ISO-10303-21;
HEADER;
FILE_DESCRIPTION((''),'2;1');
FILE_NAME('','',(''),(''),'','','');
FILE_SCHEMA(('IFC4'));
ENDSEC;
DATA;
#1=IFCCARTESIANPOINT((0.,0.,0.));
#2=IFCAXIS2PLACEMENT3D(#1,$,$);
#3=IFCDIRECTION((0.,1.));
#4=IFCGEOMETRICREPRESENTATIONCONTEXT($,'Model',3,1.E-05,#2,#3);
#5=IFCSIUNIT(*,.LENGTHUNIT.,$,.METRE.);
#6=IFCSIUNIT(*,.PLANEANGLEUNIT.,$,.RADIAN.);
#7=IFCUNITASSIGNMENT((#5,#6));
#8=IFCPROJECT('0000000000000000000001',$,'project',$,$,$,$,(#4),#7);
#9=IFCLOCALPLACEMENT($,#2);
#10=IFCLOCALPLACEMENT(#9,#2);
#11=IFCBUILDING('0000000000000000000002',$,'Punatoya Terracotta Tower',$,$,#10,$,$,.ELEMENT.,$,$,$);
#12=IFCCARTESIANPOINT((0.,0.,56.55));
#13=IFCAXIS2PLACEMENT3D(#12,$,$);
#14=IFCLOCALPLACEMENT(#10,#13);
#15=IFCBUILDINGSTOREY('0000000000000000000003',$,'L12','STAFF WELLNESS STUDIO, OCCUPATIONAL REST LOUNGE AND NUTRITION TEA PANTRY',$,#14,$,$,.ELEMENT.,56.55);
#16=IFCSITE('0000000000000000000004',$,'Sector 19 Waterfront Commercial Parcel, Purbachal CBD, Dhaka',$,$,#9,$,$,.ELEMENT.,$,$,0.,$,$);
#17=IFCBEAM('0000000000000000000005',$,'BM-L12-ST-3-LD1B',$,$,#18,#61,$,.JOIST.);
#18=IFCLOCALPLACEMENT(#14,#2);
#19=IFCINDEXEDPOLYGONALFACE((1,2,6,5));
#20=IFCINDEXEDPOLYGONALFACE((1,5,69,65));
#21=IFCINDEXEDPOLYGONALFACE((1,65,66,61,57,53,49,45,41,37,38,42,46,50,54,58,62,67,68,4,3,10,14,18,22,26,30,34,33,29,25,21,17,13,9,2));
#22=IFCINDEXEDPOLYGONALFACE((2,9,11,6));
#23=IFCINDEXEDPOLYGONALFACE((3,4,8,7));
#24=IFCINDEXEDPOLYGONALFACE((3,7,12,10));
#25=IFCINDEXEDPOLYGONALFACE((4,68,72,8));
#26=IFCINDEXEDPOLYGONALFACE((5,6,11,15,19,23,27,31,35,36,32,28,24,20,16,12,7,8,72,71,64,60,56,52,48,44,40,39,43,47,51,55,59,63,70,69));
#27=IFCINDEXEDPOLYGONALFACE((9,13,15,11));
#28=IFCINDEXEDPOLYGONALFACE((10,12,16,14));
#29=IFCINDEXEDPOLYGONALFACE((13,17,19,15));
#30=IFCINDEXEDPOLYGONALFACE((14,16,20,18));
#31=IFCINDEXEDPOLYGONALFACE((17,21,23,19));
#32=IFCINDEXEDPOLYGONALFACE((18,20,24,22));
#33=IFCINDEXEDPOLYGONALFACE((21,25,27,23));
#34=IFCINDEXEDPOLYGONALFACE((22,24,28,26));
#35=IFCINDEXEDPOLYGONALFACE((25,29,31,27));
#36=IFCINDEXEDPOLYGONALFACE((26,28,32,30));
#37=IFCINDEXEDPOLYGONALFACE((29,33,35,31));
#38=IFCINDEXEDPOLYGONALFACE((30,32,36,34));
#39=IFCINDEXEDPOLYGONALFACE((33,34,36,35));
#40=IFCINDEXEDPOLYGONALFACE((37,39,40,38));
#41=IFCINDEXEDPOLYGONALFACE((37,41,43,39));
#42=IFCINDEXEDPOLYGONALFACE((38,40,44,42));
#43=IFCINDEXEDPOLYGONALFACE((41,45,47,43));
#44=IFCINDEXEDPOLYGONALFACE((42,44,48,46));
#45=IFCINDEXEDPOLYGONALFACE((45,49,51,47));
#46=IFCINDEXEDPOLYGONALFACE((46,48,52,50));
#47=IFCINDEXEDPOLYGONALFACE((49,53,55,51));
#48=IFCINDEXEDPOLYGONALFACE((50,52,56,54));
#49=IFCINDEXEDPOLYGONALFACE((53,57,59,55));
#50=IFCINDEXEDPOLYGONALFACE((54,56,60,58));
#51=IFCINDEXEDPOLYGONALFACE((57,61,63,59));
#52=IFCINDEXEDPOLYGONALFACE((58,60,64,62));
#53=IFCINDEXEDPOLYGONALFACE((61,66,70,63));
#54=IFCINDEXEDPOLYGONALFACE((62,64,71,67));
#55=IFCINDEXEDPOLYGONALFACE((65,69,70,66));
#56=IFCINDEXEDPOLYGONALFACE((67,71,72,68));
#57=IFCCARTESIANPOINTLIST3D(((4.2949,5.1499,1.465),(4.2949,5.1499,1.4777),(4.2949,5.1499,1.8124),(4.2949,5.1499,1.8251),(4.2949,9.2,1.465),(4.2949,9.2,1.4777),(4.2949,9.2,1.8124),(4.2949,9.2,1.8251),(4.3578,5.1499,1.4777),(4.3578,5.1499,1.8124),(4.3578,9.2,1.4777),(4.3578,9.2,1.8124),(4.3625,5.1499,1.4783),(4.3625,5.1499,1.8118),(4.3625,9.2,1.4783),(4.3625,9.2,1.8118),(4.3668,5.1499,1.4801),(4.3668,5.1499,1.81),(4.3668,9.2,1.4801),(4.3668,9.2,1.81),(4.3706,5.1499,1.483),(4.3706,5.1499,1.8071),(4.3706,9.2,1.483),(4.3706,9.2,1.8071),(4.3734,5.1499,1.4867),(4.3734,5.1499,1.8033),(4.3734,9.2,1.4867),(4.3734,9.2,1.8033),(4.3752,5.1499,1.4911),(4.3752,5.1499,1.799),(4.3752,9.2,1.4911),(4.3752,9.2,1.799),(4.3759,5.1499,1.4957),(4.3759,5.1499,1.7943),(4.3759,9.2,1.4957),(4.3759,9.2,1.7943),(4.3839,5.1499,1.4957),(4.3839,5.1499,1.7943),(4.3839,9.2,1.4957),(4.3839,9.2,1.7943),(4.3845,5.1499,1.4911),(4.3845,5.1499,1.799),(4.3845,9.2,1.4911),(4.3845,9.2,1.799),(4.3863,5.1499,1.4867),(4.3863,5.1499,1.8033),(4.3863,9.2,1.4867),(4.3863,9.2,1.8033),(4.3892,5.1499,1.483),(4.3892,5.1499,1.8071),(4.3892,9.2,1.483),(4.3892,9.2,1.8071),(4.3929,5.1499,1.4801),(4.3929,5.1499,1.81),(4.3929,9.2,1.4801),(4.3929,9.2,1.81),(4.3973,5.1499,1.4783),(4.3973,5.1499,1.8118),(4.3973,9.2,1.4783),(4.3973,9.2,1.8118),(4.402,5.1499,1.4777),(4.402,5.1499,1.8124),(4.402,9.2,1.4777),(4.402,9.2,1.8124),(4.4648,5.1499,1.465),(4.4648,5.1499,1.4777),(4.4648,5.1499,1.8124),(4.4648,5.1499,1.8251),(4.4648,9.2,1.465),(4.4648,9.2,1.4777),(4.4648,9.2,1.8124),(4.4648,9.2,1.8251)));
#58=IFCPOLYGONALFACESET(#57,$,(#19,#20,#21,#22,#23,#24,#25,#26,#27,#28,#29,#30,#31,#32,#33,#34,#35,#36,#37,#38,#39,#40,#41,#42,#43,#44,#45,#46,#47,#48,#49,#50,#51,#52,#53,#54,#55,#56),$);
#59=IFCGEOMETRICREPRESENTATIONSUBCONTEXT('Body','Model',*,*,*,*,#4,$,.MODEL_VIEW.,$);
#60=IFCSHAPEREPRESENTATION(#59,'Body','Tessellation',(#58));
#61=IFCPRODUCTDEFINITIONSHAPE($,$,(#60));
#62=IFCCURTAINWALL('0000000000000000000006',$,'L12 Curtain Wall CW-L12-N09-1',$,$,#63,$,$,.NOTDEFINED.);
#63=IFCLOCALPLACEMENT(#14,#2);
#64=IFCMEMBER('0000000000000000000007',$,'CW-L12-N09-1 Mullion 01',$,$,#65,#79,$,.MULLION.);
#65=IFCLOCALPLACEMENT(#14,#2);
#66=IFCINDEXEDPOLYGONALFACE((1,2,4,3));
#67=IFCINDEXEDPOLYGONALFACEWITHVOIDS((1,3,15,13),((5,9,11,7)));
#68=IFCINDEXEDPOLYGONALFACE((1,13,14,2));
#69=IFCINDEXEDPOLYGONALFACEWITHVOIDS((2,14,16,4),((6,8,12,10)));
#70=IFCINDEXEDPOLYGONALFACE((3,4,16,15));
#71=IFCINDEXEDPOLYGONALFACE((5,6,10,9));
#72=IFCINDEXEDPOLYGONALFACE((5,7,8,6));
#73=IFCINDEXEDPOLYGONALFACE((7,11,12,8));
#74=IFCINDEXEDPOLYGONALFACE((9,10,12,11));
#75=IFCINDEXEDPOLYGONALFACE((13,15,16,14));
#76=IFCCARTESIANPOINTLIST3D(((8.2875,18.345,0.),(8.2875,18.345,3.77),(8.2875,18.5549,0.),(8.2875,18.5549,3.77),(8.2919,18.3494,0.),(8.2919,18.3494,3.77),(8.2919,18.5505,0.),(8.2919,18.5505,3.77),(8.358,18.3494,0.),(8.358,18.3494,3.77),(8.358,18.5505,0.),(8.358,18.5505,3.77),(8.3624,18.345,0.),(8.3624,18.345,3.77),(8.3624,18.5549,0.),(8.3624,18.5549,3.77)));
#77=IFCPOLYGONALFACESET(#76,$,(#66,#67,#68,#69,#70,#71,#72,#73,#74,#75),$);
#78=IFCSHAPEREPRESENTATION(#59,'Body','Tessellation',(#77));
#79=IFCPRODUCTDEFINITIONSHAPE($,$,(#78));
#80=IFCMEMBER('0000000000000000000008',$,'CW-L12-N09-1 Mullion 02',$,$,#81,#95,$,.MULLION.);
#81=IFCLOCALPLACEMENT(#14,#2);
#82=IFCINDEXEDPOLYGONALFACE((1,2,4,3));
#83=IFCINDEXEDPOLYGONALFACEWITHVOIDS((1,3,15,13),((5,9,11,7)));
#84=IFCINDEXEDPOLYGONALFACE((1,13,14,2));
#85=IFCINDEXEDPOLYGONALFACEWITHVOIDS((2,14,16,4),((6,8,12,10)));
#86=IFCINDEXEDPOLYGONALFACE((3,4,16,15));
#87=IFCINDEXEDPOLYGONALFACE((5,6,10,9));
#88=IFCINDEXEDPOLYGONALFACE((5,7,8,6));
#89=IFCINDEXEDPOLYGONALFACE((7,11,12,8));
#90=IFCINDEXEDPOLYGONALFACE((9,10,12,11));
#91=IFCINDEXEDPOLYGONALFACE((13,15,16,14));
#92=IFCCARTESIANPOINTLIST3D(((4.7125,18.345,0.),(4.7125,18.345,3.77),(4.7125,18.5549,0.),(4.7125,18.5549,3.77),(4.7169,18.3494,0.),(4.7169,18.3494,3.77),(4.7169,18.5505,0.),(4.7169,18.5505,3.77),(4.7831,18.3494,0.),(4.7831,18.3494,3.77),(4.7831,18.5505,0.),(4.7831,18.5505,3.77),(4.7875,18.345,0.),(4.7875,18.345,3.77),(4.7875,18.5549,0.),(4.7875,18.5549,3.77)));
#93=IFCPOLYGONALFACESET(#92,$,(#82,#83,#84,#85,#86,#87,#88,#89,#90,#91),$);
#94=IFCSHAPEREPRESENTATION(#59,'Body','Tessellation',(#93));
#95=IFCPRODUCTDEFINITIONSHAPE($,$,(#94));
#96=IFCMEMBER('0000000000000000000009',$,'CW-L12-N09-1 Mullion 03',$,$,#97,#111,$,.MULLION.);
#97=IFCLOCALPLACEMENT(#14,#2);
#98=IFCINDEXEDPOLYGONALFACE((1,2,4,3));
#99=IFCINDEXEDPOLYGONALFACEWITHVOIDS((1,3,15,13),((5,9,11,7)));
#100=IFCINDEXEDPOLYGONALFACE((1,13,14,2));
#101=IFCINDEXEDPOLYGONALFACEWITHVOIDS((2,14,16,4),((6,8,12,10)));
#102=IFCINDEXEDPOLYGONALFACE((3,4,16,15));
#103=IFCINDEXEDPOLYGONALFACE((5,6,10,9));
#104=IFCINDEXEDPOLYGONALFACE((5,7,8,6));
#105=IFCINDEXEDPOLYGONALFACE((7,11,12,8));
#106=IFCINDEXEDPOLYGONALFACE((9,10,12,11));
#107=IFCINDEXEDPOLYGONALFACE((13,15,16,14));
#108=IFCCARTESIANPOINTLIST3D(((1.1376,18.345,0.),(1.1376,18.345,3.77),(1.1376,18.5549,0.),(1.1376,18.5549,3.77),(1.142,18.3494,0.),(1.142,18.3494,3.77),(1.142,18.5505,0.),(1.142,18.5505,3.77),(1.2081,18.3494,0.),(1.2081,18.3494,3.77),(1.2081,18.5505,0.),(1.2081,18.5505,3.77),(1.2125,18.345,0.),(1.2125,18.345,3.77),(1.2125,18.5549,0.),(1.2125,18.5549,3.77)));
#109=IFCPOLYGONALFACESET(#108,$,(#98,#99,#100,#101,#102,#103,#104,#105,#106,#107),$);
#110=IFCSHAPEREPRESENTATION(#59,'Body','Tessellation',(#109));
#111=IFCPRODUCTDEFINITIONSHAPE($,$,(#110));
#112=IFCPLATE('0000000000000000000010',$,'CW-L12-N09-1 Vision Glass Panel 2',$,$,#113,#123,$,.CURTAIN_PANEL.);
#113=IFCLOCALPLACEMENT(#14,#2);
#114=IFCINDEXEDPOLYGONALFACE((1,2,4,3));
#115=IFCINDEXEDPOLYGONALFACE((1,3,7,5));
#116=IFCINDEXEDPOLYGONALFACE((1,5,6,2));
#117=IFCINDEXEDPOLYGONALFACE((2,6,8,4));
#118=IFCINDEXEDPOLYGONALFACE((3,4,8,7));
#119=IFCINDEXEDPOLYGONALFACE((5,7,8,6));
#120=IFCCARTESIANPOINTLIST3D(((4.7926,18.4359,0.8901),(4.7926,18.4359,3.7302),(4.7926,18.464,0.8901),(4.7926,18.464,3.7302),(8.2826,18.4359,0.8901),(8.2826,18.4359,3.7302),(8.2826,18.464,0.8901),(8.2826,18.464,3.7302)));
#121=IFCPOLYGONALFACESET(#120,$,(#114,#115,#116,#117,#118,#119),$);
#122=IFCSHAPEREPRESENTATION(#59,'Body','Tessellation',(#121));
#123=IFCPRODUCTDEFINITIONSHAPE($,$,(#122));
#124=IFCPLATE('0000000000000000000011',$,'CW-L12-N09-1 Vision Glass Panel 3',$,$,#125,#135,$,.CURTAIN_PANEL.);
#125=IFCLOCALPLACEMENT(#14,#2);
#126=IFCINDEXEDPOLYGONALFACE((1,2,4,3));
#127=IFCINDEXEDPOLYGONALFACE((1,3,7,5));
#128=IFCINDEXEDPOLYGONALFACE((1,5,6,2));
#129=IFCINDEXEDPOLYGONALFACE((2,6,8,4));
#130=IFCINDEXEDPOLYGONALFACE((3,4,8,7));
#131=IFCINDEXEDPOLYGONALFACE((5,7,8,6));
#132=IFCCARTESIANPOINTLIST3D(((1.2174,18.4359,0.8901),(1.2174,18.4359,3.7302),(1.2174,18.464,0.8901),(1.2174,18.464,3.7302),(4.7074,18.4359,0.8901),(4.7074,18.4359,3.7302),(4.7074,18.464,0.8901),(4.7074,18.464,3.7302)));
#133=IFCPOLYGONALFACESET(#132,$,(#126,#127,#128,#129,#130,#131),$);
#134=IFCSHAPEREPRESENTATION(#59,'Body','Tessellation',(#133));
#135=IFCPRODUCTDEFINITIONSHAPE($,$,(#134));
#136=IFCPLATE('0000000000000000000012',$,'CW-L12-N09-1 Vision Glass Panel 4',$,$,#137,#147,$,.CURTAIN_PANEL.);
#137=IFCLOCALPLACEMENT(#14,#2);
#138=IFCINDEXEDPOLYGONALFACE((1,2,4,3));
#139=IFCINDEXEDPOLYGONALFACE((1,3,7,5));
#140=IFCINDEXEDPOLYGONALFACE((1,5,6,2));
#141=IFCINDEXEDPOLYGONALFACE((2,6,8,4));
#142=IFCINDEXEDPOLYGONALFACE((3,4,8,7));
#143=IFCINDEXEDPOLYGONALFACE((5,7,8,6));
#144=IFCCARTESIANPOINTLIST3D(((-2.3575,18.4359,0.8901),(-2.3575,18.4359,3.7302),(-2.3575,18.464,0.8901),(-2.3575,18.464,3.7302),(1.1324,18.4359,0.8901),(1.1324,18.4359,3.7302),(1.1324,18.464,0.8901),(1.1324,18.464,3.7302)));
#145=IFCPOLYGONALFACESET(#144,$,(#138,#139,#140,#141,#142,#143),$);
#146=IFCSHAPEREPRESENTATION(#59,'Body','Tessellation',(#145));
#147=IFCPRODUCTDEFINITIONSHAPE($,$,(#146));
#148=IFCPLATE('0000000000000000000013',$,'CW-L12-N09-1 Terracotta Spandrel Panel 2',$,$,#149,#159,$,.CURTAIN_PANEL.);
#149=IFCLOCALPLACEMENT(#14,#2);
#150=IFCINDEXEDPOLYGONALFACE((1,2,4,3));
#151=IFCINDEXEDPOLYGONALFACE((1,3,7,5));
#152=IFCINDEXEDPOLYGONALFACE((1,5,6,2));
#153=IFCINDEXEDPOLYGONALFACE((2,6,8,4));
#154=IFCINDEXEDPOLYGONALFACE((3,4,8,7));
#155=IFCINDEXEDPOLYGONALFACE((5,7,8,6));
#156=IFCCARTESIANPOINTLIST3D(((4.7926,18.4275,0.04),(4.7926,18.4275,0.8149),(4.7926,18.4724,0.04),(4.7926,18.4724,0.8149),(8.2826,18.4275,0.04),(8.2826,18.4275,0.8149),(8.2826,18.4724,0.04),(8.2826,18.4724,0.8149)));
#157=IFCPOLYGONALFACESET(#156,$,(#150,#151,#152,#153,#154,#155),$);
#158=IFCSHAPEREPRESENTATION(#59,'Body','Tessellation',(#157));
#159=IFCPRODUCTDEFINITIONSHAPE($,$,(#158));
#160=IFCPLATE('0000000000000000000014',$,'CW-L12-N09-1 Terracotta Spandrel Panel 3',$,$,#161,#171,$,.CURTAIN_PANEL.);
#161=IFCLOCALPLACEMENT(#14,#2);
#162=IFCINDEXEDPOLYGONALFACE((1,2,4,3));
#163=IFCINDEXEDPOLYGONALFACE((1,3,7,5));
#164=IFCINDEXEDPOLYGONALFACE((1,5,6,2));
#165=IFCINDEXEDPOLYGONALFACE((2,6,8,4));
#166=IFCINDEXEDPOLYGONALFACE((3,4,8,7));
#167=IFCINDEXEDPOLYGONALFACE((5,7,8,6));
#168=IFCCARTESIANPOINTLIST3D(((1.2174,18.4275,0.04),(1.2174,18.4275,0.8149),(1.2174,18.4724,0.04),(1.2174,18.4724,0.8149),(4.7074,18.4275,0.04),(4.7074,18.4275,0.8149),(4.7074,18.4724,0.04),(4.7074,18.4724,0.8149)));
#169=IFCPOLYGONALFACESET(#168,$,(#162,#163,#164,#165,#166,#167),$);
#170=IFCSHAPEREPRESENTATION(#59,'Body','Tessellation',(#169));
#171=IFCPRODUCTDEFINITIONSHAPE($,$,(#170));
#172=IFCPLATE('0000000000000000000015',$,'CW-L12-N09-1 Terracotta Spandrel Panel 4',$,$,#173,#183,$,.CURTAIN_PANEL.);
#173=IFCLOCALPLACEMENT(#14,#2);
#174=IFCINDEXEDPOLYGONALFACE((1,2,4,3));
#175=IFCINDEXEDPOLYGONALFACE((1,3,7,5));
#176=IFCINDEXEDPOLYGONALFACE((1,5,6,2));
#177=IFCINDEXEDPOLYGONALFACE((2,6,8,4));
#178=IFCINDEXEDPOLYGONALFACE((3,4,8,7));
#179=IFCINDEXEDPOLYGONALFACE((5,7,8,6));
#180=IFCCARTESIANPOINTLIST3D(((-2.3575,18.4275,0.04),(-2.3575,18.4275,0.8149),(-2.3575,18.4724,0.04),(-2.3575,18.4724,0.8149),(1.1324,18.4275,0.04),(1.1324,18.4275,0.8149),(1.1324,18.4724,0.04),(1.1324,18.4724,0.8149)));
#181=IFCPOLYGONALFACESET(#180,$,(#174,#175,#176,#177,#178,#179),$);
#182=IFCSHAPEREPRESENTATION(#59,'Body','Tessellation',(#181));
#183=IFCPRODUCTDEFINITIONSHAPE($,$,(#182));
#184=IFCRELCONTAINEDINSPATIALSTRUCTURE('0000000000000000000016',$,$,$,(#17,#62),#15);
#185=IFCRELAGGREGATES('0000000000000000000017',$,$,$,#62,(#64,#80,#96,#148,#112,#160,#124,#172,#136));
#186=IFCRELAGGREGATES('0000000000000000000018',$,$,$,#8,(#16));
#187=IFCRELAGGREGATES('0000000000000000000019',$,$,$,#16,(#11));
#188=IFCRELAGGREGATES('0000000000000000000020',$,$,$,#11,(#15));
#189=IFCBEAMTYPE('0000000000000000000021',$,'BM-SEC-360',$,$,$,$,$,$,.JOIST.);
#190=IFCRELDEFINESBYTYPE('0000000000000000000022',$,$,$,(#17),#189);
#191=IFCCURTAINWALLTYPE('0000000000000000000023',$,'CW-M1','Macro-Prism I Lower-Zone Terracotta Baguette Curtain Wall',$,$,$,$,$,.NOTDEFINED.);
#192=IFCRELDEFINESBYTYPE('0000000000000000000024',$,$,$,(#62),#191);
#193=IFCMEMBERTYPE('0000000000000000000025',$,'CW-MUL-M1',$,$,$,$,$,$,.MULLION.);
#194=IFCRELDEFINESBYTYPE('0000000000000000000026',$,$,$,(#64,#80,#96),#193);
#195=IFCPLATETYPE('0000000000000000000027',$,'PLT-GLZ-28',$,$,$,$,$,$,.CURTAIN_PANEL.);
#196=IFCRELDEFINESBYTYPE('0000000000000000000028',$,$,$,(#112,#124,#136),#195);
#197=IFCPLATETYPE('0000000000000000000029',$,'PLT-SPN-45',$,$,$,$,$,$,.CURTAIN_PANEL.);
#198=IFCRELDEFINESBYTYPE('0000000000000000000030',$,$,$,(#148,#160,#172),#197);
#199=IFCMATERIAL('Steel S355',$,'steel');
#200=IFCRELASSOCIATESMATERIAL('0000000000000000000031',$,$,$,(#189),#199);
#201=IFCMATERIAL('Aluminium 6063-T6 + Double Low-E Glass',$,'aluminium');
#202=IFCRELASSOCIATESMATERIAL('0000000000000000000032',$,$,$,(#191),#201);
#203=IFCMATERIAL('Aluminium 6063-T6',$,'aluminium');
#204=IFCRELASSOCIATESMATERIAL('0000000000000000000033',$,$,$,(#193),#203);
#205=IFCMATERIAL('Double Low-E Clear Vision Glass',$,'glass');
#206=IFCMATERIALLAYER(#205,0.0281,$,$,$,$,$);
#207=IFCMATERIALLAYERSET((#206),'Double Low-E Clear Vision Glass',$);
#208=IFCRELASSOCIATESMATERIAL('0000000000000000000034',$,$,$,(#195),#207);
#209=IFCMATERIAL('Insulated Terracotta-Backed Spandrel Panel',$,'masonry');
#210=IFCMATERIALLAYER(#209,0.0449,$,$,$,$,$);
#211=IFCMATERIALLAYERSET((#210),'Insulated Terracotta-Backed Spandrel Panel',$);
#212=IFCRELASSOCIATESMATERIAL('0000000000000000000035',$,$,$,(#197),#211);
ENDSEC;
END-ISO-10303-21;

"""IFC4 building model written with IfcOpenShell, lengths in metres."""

from ifc_helpers import new_model, si_unit, direction, frame, origin, origin_2d, place, context, subcontext, project, spatial, rectangle, hollow_rectangle, i_section, extrude, material, layer, layer_set, material_profile, profile_set, type_object, element, aggregate, save


model = new_model("IFC4")

# Units and contexts
model_context = context("Model", 3, precision=1e-05, world=origin(), true_north=direction((0.0, 1.0)))
body_context = subcontext(model_context, "Body", "Model", "MODEL_VIEW")
ifc_project = project(units=[si_unit("LENGTHUNIT", "METRE"), si_unit("PLANEANGLEUNIT", "RADIAN")], contexts=[model_context])

# Site, building, storey
site_placement = place(None, origin())
site = spatial("IfcSite", under=ifc_project, at=site_placement, Name="Sector 19 Waterfront Commercial Parcel, Purbachal CBD, Dhaka", CompositionType="ELEMENT", RefElevation=0.0)
building_placement = place(site_placement, origin())
building = spatial("IfcBuilding", under=site, at=building_placement, Name="Punatoya Terracotta Tower", CompositionType="ELEMENT")
storey_placement = place(building_placement, frame((0.0, 0.0, 56.55)))
storey = spatial("IfcBuildingStorey", under=building, at=storey_placement, Name="L12", Description="STAFF WELLNESS STUDIO, OCCUPATIONAL REST LOUNGE AND NUTRITION TEA PANTRY", CompositionType="ELEMENT", Elevation=56.55)

# Beam
ifc_material_1 = material(Name="Steel S355", Category="steel")
ifc_material_profile_1 = material_profile(ifc_material_1, i_section(OverallWidth=0.1699, OverallDepth=0.3601, WebThickness=0.0081, FlangeThickness=0.0127, FilletRadius=0.0181, at=origin_2d()))
ifc_profile_set_1 = profile_set([ifc_material_profile_1], Name="Steel S355")
beam_type_1 = type_object("IfcBeamType", Name="BM-SEC-360", PredefinedType="JOIST", material=ifc_profile_set_1)
for number, where, z_axis, x_axis, name in (
    (1, (4.3799, 5.1499, 1.645), (0.0, 1.0, 0.0), (-1.0, 0.0, 0.0), "BM-L12-ST-3-LD1B"),
):
    element("IfcBeam", number, at=place(storey_placement, frame(where, z_axis=z_axis, x_axis=x_axis)), inside=storey, type_object=beam_type_1, Name=name, PredefinedType="JOIST", context=body_context, shape_type="SweptSolid", body=[
        extrude(i_section(OverallWidth=0.1699, OverallDepth=0.3601, WebThickness=0.0081, FlangeThickness=0.0127, FilletRadius=0.0181, at=origin_2d()), origin(), (0.0, 0.0, 1.0), 4.05),
    ])

# Curtain wall, members, plates
ifc_material_2 = material(Name="Aluminium 6063-T6 + Double Low-E Glass", Category="aluminium")
curtain_wall_type = type_object("IfcCurtainWallType", Name="CW-M1", Description="Macro-Prism I Lower-Zone Terracotta Baguette Curtain Wall", PredefinedType="NOTDEFINED", material=ifc_material_2)
curtain_wall_placement = place(storey_placement, origin())
curtain_wall = element("IfcCurtainWall", 2, at=curtain_wall_placement, inside=storey, type_object=curtain_wall_type, Name="L12 Curtain Wall CW-L12-N09-1", PredefinedType="NOTDEFINED")
ifc_material_3 = material(Name="Aluminium 6063-T6", Category="aluminium")
ifc_material_profile_2 = material_profile(ifc_material_3, hollow_rectangle(XDim=0.075, YDim=0.21, WallThickness=0.0044, at=origin_2d()))
ifc_profile_set_2 = profile_set([ifc_material_profile_2], Name="Aluminium 6063-T6")
member_type = type_object("IfcMemberType", Name="CW-MUL-M1", PredefinedType="MULLION", material=ifc_profile_set_2)
member_1_placement = place(storey_placement, frame((8.325, 18.45, 0.0), z_axis=(0.0, 0.0, 1.0), x_axis=(1.0, 0.0, 0.0)))
member_1 = element("IfcMember", 3, at=member_1_placement, type_object=member_type, Name="CW-L12-N09-1 Mullion 01", PredefinedType="MULLION", context=body_context, shape_type="SweptSolid", body=[
    extrude(hollow_rectangle(XDim=0.075, YDim=0.21, WallThickness=0.0044, at=origin_2d()), origin(), (0.0, 0.0, 1.0), 3.77),
])
member_2_placement = place(storey_placement, frame((4.75, 18.45, 0.0), z_axis=(0.0, 0.0, 1.0), x_axis=(1.0, 0.0, 0.0)))
member_2 = element("IfcMember", 4, at=member_2_placement, type_object=member_type, Name="CW-L12-N09-1 Mullion 02", PredefinedType="MULLION", context=body_context, shape_type="SweptSolid", body=[
    extrude(hollow_rectangle(XDim=0.075, YDim=0.21, WallThickness=0.0044, at=origin_2d()), origin(), (0.0, 0.0, 1.0), 3.77),
])
member_3_placement = place(storey_placement, frame((1.175, 18.45, 0.0), z_axis=(0.0, 0.0, 1.0), x_axis=(1.0, 0.0, 0.0)))
member_3 = element("IfcMember", 5, at=member_3_placement, type_object=member_type, Name="CW-L12-N09-1 Mullion 03", PredefinedType="MULLION", context=body_context, shape_type="SweptSolid", body=[
    extrude(hollow_rectangle(XDim=0.075, YDim=0.21, WallThickness=0.0044, at=origin_2d()), origin(), (0.0, 0.0, 1.0), 3.77),
])
ifc_material_4 = material(Name="Double Low-E Clear Vision Glass", Category="glass")
ifc_layer_1 = layer(ifc_material_4, 0.0281)
ifc_layer_set_1 = layer_set([ifc_layer_1], Name="Double Low-E Clear Vision Glass")
plate_type_1 = type_object("IfcPlateType", Name="PLT-GLZ-28", PredefinedType="CURTAIN_PANEL", material=ifc_layer_set_1)
plate_1_placement = place(storey_placement, frame((6.5376, 18.45, 0.8901), z_axis=(0.0, 0.0, 1.0), x_axis=(-1.0, 0.0, 0.0)))
plate_1 = element("IfcPlate", 6, at=plate_1_placement, type_object=plate_type_1, Name="CW-L12-N09-1 Vision Glass Panel 2", PredefinedType="CURTAIN_PANEL", context=body_context, shape_type="SweptSolid", body=[
    extrude(rectangle(XDim=3.49, YDim=0.0281, at=origin_2d()), origin(), (0.0, 0.0, 1.0), 2.8401),
])
plate_2_placement = place(storey_placement, frame((2.9624, 18.45, 0.8901), z_axis=(0.0, 0.0, 1.0), x_axis=(-1.0, 0.0, 0.0)))
plate_2 = element("IfcPlate", 7, at=plate_2_placement, type_object=plate_type_1, Name="CW-L12-N09-1 Vision Glass Panel 3", PredefinedType="CURTAIN_PANEL", context=body_context, shape_type="SweptSolid", body=[
    extrude(rectangle(XDim=3.49, YDim=0.0281, at=origin_2d()), origin(), (0.0, 0.0, 1.0), 2.8401),
])
plate_3_placement = place(storey_placement, frame((-0.6125, 18.45, 0.8901), z_axis=(0.0, 0.0, 1.0), x_axis=(-1.0, 0.0, 0.0)))
plate_3 = element("IfcPlate", 8, at=plate_3_placement, type_object=plate_type_1, Name="CW-L12-N09-1 Vision Glass Panel 4", PredefinedType="CURTAIN_PANEL", context=body_context, shape_type="SweptSolid", body=[
    extrude(rectangle(XDim=3.49, YDim=0.0281, at=origin_2d()), origin(), (0.0, 0.0, 1.0), 2.8401),
])
ifc_material_5 = material(Name="Insulated Terracotta-Backed Spandrel Panel", Category="masonry")
ifc_layer_2 = layer(ifc_material_5, 0.0449)
ifc_layer_set_2 = layer_set([ifc_layer_2], Name="Insulated Terracotta-Backed Spandrel Panel")
plate_type_2 = type_object("IfcPlateType", Name="PLT-SPN-45", PredefinedType="CURTAIN_PANEL", material=ifc_layer_set_2)
plate_4_placement = place(storey_placement, frame((6.5376, 18.45, 0.04), z_axis=(0.0, 0.0, 1.0), x_axis=(-1.0, 0.0, 0.0)))
plate_4 = element("IfcPlate", 9, at=plate_4_placement, type_object=plate_type_2, Name="CW-L12-N09-1 Terracotta Spandrel Panel 2", PredefinedType="CURTAIN_PANEL", context=body_context, shape_type="SweptSolid", body=[
    extrude(rectangle(XDim=3.49, YDim=0.0449, at=origin_2d()), origin(), (0.0, 0.0, 1.0), 0.7749),
])
plate_5_placement = place(storey_placement, frame((2.9624, 18.45, 0.04), z_axis=(0.0, 0.0, 1.0), x_axis=(-1.0, 0.0, 0.0)))
plate_5 = element("IfcPlate", 10, at=plate_5_placement, type_object=plate_type_2, Name="CW-L12-N09-1 Terracotta Spandrel Panel 3", PredefinedType="CURTAIN_PANEL", context=body_context, shape_type="SweptSolid", body=[
    extrude(rectangle(XDim=3.49, YDim=0.0449, at=origin_2d()), origin(), (0.0, 0.0, 1.0), 0.7749),
])
plate_6_placement = place(storey_placement, frame((-0.6125, 18.45, 0.04), z_axis=(0.0, 0.0, 1.0), x_axis=(-1.0, 0.0, 0.0)))
plate_6 = element("IfcPlate", 11, at=plate_6_placement, type_object=plate_type_2, Name="CW-L12-N09-1 Terracotta Spandrel Panel 4", PredefinedType="CURTAIN_PANEL", context=body_context, shape_type="SweptSolid", body=[
    extrude(rectangle(XDim=3.49, YDim=0.0449, at=origin_2d()), origin(), (0.0, 0.0, 1.0), 0.7749),
])
aggregate(curtain_wall, [member_1, member_2, member_3, plate_4, plate_1, plate_5, plate_2, plate_6, plate_3])

save(model, "model.ifc")
